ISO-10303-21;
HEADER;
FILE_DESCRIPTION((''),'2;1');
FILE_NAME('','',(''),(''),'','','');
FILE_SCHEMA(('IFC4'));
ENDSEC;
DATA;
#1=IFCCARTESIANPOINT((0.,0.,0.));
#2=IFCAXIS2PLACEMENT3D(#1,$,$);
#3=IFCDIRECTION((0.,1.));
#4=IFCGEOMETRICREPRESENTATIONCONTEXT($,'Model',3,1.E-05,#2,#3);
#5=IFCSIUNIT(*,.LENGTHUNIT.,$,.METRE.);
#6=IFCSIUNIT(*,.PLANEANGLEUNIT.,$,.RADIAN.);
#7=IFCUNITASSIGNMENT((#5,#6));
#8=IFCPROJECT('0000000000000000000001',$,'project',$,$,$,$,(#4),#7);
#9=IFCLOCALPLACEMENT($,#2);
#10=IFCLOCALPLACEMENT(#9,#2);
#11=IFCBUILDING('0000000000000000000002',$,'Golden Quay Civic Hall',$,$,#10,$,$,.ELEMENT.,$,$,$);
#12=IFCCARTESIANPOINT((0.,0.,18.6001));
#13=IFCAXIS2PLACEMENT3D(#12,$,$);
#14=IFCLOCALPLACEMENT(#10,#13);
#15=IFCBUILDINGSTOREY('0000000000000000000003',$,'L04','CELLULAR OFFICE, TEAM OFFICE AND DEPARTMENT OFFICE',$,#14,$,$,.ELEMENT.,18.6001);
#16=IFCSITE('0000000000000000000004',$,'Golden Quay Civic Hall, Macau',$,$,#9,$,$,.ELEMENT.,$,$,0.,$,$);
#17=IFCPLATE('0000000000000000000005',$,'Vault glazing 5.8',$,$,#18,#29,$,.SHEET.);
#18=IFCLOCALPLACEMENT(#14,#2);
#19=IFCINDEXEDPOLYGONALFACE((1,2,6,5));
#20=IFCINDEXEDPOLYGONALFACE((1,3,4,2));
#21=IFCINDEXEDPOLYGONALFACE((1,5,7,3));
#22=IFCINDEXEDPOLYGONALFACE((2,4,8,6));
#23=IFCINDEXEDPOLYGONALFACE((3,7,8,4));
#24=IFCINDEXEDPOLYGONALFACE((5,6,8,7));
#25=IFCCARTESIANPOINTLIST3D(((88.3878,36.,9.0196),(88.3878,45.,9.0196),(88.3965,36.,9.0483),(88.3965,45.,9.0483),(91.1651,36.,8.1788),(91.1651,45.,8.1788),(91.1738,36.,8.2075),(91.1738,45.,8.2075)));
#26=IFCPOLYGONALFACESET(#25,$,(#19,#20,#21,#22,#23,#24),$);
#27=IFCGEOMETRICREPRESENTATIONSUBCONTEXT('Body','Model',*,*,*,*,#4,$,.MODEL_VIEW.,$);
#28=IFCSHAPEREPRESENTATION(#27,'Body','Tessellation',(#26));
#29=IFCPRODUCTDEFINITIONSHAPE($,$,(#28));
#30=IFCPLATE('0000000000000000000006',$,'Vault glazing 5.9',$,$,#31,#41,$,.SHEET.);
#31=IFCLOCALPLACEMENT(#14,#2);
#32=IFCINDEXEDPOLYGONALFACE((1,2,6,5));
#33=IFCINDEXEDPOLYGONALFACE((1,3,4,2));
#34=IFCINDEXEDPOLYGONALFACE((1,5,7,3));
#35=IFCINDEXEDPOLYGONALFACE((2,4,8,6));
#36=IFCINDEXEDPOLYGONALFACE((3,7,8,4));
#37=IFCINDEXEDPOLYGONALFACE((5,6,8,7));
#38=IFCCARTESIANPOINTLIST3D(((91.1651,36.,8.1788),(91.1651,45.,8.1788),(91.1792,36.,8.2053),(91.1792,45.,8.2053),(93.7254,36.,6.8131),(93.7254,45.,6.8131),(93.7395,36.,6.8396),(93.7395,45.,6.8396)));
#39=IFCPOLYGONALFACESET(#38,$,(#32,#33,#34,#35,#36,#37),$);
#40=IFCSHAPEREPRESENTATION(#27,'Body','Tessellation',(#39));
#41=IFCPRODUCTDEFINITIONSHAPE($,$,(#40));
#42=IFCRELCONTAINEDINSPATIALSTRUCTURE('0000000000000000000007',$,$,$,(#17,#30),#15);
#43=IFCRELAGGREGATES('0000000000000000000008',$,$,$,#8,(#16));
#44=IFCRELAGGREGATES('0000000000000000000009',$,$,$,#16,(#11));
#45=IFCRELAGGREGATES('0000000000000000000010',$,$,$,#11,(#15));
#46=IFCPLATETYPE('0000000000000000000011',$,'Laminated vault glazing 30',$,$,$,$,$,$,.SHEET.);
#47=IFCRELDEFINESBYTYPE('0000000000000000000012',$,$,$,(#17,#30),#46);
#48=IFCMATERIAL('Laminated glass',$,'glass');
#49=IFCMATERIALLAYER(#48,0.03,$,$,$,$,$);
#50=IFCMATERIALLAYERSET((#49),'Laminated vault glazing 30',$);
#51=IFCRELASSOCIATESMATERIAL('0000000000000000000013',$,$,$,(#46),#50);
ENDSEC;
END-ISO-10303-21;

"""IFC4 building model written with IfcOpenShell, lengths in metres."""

from ifc_helpers import new_model, si_unit, direction, frame, origin, place, context, subcontext, project, spatial, polyline, outline, extrude, material, layer, layer_set, type_object, element, save


model = new_model("IFC4")

# Units and contexts
model_context = context("Model", 3, precision=1e-05, world=origin(), true_north=direction((0.0, 1.0)))
body_context = subcontext(model_context, "Body", "Model", "MODEL_VIEW")
ifc_project = project(units=[si_unit("LENGTHUNIT", "METRE"), si_unit("PLANEANGLEUNIT", "RADIAN")], contexts=[model_context])

# Site, building, storey
site_placement = place(None, origin())
site = spatial("IfcSite", under=ifc_project, at=site_placement, Name="Golden Quay Civic Hall, Macau", CompositionType="ELEMENT", RefElevation=0.0)
building_placement = place(site_placement, origin())
building = spatial("IfcBuilding", under=site, at=building_placement, Name="Golden Quay Civic Hall", CompositionType="ELEMENT")
storey_placement = place(building_placement, frame((0.0, 0.0, 18.6001)))
storey = spatial("IfcBuildingStorey", under=building, at=storey_placement, Name="L04", Description="CELLULAR OFFICE, TEAM OFFICE AND DEPARTMENT OFFICE", CompositionType="ELEMENT", Elevation=18.6001)

# Plates
ifc_material_1 = material(Name="Laminated glass", Category="glass")
ifc_layer = layer(ifc_material_1, 0.03)
ifc_layer_set = layer_set([ifc_layer], Name="Laminated vault glazing 30")
plate_type = type_object("IfcPlateType", Name="Laminated vault glazing 30", PredefinedType="SHEET", material=ifc_layer_set)
plate_1_placement = place(storey_placement, frame((88.3965, 36.0, 9.0483), z_axis=(0.289755, 0.0, 0.957101), x_axis=(0.957101, 0.0, -0.289755)))
element("IfcPlate", 1, at=plate_1_placement, inside=storey, type_object=plate_type, Name="Vault glazing 5.8", PredefinedType="SHEET", context=body_context, shape_type="SweptSolid", body=[
    extrude(outline(polyline([(0.0, 0.0), (2.9018, 0.0), (2.9018, 9.0), (0.0, 9.0), (0.0, 0.0)])), origin(), (0.0, 0.0, -1.0), 0.03),
])
plate_2_placement = place(storey_placement, frame((91.1792, 36.0, 8.2053), z_axis=(0.470649, 0.0, 0.88232), x_axis=(0.88232, 0.0, -0.470649)))
element("IfcPlate", 2, at=plate_2_placement, inside=storey, type_object=plate_type, Name="Vault glazing 5.9", PredefinedType="SHEET", context=body_context, shape_type="SweptSolid", body=[
    extrude(outline(polyline([(0.0, 0.0), (2.9018, 0.0), (2.9018, 9.0), (0.0, 9.0), (0.0, 0.0)])), origin(), (0.0, 0.0, -1.0), 0.03),
])

save(model, "model.ifc")
